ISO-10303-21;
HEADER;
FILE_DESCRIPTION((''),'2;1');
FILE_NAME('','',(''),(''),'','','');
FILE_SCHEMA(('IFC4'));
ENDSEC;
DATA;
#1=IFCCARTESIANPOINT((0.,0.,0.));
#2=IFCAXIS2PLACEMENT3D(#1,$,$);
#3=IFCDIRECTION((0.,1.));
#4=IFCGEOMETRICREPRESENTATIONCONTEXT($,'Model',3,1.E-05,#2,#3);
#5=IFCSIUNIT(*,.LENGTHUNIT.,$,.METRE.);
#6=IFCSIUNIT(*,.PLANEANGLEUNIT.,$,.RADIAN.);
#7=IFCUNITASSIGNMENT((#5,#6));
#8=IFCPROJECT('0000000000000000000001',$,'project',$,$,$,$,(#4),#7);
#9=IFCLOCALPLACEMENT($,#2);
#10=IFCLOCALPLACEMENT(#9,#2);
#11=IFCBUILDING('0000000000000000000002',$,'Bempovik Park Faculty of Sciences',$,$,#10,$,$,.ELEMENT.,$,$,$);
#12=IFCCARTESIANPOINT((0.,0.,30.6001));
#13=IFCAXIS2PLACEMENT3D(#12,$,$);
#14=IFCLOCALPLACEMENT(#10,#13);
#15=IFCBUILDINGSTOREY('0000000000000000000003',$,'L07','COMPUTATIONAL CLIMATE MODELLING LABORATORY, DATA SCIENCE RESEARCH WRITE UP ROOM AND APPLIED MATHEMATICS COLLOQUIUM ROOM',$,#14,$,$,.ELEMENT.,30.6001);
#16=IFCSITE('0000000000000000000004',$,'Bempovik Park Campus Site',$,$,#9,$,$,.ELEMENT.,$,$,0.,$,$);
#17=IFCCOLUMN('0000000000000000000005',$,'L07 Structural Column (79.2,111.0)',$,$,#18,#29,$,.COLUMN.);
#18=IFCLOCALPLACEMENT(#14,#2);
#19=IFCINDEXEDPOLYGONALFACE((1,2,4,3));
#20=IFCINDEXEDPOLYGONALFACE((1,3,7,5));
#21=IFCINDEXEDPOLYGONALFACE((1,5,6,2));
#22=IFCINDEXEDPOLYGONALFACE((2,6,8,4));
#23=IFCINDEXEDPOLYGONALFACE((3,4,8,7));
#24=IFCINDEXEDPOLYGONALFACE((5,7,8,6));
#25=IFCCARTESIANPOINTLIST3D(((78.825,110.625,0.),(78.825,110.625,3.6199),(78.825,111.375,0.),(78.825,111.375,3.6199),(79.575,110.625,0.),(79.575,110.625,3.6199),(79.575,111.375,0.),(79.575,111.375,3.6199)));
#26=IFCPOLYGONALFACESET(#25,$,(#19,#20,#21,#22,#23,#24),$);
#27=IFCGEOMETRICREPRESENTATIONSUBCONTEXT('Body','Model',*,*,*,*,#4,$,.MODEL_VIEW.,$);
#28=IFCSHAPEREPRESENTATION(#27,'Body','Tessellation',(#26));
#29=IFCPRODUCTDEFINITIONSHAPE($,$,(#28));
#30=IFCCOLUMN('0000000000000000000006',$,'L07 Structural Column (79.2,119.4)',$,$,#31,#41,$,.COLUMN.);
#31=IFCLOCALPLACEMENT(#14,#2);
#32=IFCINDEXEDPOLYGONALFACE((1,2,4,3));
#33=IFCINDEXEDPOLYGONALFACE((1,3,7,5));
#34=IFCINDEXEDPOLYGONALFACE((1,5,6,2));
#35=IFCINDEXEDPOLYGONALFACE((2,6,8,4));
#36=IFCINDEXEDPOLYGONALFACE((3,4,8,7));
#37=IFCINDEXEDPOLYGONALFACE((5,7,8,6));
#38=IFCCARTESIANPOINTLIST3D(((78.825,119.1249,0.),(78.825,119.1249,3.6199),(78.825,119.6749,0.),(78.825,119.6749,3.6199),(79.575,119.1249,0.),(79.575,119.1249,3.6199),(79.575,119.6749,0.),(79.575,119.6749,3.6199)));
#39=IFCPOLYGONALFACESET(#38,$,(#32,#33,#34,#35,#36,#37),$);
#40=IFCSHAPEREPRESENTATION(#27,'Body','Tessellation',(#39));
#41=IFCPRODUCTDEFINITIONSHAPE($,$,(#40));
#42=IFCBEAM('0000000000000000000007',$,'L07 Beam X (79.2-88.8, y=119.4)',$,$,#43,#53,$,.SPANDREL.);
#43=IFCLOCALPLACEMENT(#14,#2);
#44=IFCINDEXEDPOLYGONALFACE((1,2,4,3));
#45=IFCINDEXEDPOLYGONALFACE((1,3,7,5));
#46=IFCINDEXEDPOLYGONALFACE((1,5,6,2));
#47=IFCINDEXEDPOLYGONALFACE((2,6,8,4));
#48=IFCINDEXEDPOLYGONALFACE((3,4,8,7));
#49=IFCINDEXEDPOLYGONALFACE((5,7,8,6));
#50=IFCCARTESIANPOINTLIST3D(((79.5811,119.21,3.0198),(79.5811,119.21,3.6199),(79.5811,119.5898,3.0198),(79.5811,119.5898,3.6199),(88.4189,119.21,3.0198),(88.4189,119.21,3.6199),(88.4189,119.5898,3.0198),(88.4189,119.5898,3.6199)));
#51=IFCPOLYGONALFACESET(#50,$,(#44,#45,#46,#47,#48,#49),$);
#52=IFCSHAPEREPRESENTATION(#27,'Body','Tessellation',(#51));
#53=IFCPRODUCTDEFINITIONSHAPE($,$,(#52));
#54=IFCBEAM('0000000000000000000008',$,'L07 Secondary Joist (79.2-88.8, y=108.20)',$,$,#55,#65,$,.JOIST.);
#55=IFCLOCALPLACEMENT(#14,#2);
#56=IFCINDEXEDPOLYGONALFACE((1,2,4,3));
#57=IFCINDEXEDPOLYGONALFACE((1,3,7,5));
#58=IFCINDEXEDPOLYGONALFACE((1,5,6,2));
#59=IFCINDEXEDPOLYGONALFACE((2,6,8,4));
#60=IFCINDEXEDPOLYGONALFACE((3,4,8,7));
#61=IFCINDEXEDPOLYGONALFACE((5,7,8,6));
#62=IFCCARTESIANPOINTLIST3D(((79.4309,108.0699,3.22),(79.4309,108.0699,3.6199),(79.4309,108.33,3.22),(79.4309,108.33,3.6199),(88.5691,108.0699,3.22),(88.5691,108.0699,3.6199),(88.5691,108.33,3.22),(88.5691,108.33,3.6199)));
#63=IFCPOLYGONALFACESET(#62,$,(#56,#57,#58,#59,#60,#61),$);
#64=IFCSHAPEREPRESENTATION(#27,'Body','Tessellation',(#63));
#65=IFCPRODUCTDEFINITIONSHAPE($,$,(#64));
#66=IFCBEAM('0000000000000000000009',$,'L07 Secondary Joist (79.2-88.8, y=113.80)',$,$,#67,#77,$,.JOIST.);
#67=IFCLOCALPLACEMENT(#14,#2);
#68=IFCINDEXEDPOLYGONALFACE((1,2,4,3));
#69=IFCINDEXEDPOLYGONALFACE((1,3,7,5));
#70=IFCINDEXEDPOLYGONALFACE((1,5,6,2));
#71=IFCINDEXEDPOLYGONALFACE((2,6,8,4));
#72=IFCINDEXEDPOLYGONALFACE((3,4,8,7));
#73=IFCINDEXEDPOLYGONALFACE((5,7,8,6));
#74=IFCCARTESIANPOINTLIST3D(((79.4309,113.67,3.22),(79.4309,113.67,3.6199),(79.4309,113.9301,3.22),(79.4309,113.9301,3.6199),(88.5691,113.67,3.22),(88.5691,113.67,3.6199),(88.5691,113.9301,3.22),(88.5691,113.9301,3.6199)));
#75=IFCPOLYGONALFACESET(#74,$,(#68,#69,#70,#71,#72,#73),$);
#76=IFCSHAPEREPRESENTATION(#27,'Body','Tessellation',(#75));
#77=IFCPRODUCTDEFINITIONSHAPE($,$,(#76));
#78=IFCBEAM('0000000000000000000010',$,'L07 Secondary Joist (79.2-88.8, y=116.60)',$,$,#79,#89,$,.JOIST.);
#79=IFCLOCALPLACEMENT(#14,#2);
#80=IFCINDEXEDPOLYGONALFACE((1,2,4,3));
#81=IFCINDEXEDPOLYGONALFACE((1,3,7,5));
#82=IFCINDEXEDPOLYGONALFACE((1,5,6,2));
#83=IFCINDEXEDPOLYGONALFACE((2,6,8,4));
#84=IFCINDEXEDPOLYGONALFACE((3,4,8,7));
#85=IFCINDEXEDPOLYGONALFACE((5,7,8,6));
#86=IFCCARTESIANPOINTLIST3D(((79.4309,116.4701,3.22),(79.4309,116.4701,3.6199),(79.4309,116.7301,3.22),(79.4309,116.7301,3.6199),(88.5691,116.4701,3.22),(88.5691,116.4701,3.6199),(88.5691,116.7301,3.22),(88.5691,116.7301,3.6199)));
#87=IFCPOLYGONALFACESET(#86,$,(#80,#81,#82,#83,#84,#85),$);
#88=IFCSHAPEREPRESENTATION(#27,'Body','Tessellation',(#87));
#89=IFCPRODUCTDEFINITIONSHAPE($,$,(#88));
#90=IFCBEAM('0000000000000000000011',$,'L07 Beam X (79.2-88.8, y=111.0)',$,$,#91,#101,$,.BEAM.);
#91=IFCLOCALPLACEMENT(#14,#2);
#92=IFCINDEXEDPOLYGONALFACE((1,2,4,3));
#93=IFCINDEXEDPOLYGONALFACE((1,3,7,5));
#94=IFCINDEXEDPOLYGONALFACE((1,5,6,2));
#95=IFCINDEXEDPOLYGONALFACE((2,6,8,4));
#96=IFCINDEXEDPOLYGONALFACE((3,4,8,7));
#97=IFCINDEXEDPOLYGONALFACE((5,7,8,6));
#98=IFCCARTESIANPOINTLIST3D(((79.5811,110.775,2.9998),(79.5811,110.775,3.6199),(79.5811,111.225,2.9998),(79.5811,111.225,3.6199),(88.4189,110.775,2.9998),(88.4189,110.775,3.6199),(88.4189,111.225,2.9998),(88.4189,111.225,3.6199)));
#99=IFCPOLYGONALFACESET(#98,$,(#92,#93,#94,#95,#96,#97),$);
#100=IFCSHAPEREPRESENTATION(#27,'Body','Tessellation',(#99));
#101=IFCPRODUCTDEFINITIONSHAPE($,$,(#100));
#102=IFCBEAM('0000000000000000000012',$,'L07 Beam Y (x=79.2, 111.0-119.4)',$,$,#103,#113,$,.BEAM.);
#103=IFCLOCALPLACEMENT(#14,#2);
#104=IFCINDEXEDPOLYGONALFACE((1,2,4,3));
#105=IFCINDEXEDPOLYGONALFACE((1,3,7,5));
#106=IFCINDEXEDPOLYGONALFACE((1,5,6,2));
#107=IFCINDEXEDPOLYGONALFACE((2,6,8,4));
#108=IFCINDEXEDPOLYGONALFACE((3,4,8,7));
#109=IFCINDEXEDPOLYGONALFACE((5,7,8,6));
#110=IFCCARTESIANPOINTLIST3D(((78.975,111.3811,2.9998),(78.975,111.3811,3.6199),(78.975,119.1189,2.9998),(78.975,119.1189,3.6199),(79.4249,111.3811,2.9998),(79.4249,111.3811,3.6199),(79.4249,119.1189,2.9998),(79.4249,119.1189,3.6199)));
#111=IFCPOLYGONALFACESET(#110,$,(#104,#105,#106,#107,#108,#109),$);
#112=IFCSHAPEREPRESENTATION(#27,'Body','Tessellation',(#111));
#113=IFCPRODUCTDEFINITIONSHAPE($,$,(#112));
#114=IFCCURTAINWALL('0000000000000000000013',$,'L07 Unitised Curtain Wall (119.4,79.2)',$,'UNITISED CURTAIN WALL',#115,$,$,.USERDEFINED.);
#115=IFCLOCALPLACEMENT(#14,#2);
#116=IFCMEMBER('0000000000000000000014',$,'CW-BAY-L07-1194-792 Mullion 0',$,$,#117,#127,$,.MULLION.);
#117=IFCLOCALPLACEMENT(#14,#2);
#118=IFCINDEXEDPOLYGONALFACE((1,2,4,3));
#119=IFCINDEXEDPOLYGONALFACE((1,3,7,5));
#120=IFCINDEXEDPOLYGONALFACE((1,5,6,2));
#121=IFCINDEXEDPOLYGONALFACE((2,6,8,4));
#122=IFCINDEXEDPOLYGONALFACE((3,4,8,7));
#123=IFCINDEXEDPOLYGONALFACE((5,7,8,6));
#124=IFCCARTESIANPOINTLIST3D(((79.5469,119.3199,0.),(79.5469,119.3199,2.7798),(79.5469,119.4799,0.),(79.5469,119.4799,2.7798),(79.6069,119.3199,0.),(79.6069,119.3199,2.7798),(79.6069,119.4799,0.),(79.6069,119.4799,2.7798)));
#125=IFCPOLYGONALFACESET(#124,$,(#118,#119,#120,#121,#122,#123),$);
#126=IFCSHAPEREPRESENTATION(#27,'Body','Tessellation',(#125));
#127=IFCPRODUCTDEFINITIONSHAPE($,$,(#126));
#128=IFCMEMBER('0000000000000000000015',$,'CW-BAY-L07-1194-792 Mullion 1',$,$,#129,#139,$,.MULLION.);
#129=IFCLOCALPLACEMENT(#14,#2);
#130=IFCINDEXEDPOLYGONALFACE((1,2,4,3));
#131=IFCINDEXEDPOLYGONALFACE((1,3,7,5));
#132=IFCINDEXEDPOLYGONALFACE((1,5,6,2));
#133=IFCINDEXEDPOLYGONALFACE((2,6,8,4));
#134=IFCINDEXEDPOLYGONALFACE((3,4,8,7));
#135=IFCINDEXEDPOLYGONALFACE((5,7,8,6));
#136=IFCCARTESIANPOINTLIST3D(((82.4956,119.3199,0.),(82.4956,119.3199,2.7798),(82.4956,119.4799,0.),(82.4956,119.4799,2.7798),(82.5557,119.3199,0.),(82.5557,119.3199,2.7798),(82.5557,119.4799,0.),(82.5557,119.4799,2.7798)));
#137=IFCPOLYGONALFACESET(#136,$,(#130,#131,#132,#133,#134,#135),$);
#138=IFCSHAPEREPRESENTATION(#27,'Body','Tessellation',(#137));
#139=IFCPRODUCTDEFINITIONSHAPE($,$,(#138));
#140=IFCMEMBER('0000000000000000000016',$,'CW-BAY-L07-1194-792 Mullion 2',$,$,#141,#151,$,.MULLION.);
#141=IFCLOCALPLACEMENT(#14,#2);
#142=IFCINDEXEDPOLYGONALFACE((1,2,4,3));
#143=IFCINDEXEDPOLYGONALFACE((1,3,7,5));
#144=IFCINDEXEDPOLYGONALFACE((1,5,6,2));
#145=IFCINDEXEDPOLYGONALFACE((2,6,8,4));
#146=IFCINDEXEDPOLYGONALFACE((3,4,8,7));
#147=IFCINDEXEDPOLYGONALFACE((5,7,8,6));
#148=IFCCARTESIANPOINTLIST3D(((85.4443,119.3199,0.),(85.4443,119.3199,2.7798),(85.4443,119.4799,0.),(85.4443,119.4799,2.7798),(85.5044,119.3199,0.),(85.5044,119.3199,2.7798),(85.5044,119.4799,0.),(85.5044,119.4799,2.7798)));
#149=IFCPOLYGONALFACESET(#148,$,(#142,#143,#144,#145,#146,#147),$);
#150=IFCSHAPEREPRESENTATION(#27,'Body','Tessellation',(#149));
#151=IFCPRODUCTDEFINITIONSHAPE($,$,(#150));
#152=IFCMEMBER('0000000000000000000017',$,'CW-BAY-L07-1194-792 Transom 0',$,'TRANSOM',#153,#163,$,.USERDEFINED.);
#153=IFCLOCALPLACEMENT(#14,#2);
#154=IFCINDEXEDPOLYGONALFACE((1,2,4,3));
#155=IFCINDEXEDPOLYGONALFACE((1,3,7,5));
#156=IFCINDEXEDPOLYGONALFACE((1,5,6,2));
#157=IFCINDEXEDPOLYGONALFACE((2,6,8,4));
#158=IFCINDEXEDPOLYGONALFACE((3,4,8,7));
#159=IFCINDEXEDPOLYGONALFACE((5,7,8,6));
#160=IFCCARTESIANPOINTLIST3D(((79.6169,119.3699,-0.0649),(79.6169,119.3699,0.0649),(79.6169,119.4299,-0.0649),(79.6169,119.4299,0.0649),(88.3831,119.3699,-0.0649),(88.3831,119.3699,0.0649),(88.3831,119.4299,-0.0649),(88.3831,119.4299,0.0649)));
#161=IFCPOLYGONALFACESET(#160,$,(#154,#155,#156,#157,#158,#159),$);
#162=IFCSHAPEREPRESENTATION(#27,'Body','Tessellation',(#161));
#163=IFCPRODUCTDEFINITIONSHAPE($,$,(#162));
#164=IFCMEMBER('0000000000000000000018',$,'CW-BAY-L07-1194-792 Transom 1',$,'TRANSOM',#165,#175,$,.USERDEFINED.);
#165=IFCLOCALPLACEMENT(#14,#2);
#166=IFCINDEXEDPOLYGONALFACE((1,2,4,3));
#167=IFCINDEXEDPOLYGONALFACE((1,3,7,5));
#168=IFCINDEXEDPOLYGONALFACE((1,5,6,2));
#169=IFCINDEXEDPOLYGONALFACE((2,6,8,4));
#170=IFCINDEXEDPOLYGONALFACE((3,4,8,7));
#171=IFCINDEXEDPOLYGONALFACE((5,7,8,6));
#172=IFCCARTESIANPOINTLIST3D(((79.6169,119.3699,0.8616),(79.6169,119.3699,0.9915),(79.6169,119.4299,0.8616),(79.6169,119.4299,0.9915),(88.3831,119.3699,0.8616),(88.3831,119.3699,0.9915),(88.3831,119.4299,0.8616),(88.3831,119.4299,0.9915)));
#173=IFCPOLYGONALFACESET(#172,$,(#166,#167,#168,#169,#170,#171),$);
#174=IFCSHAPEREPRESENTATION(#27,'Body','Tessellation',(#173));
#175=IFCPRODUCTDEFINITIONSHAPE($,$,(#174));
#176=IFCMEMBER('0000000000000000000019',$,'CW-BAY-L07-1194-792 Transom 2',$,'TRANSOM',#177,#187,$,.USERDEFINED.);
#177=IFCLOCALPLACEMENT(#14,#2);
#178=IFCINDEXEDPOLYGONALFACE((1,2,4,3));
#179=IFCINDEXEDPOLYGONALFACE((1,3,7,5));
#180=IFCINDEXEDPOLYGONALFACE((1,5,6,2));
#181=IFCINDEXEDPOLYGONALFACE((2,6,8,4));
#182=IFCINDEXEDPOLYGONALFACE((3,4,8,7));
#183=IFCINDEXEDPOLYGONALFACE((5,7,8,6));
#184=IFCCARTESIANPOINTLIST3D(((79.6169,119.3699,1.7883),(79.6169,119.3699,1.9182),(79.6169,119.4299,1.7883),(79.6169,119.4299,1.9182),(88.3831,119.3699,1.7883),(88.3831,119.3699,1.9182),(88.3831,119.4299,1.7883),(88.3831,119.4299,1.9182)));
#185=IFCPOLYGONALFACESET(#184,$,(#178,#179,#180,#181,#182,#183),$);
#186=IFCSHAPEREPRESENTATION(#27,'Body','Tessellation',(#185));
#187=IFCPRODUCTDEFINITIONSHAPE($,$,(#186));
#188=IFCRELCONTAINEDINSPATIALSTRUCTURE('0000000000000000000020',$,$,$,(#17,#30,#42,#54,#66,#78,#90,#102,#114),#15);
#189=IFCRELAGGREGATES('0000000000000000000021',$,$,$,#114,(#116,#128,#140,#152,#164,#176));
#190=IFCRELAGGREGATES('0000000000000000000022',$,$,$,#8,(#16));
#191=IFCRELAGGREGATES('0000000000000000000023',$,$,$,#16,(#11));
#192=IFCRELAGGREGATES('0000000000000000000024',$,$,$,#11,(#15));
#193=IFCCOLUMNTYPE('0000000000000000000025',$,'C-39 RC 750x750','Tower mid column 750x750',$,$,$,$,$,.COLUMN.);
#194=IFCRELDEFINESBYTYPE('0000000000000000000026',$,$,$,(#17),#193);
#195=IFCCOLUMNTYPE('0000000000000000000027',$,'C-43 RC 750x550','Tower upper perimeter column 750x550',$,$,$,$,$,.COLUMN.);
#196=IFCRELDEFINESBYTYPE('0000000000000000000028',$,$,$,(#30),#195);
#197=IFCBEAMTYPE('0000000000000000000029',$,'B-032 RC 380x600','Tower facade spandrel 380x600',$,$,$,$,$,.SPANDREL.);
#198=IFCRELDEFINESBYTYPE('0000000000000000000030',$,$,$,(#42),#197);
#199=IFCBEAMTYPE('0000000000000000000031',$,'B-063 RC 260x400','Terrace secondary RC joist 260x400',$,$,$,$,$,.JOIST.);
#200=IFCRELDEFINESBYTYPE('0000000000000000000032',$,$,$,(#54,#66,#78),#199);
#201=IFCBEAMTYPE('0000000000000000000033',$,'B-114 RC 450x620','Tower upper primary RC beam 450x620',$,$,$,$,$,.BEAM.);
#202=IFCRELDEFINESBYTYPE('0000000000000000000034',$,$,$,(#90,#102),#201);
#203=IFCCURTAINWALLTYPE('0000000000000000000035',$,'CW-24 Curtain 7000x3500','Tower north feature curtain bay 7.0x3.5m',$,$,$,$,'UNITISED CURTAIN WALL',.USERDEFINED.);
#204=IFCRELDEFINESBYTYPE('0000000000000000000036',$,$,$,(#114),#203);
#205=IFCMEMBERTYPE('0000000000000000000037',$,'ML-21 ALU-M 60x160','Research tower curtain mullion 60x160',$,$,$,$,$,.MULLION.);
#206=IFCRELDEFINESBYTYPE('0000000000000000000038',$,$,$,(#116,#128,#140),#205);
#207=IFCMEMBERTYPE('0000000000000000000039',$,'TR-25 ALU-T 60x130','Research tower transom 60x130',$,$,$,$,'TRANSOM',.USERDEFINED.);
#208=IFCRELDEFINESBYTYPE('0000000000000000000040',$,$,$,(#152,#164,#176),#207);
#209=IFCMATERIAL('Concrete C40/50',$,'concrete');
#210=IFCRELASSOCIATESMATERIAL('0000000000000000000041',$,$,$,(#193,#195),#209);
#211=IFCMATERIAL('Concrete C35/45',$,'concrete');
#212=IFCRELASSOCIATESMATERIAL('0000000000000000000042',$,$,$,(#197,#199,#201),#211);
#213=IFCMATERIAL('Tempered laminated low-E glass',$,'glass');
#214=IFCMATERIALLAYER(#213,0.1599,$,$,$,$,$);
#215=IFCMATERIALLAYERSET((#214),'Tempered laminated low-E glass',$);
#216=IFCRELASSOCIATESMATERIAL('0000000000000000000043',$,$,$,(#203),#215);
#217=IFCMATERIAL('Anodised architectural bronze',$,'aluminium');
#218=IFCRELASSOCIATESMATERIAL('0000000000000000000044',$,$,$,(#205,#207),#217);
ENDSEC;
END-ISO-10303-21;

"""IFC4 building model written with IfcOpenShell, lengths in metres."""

from ifc_helpers import new_model, si_unit, direction, frame, origin, origin_2d, place, context, subcontext, project, spatial, rectangle, extrude, material, layer, layer_set, material_profile, profile_set, type_object, element, aggregate, save


model = new_model("IFC4")

# Units and contexts
model_context = context("Model", 3, precision=1e-05, world=origin(), true_north=direction((0.0, 1.0)))
body_context = subcontext(model_context, "Body", "Model", "MODEL_VIEW")
ifc_project = project(units=[si_unit("LENGTHUNIT", "METRE"), si_unit("PLANEANGLEUNIT", "RADIAN")], contexts=[model_context])

# Site, building, storey
site_placement = place(None, origin())
site = spatial("IfcSite", under=ifc_project, at=site_placement, Name="Bempovik Park Campus Site", CompositionType="ELEMENT", RefElevation=0.0)
building_placement = place(site_placement, origin())
building = spatial("IfcBuilding", under=site, at=building_placement, Name="Bempovik Park Faculty of Sciences", CompositionType="ELEMENT")
storey_placement = place(building_placement, frame((0.0, 0.0, 30.6001)))
storey = spatial("IfcBuildingStorey", under=building, at=storey_placement, Name="L07", Description="COMPUTATIONAL CLIMATE MODELLING LABORATORY, DATA SCIENCE RESEARCH WRITE UP ROOM AND APPLIED MATHEMATICS COLLOQUIUM ROOM", CompositionType="ELEMENT", Elevation=30.6001)

# Columns
ifc_material_1 = material(Name="Concrete C40/50", Category="concrete")
ifc_material_profile_1 = material_profile(ifc_material_1, rectangle(XDim=0.75, YDim=0.75, at=origin_2d()), Name="RC 750x750")
ifc_profile_set_1 = profile_set([ifc_material_profile_1], Name="Concrete C40/50")
column_type_1 = type_object("IfcColumnType", Name="C-39 RC 750x750", Description="Tower mid column 750x750", PredefinedType="COLUMN", material=ifc_profile_set_1)
column_1_placement = place(storey_placement, frame((79.2, 111.0, 0.0), z_axis=(0.0, 0.0, 1.0), x_axis=(1.0, 0.0, 0.0)))
element("IfcColumn", 1, at=column_1_placement, inside=storey, type_object=column_type_1, Name="L07 Structural Column (79.2,111.0)", PredefinedType="COLUMN", context=body_context, shape_type="SweptSolid", body=[
    extrude(rectangle(XDim=0.75, YDim=0.75, at=origin_2d()), origin(), (0.0, 0.0, 1.0), 3.6199),
])
ifc_material_profile_2 = material_profile(ifc_material_1, rectangle(XDim=0.75, YDim=0.55, at=origin_2d()), Name="RC 750x550")
ifc_profile_set_2 = profile_set([ifc_material_profile_2], Name="Concrete C40/50")
column_type_2 = type_object("IfcColumnType", Name="C-43 RC 750x550", Description="Tower upper perimeter column 750x550", PredefinedType="COLUMN", material=ifc_profile_set_2)
column_2_placement = place(storey_placement, frame((79.2, 119.3999, 0.0), z_axis=(0.0, 0.0, 1.0), x_axis=(1.0, 0.0, 0.0)))
element("IfcColumn", 2, at=column_2_placement, inside=storey, type_object=column_type_2, Name="L07 Structural Column (79.2,119.4)", PredefinedType="COLUMN", context=body_context, shape_type="SweptSolid", body=[
    extrude(rectangle(XDim=0.75, YDim=0.55, at=origin_2d()), origin(), (0.0, 0.0, 1.0), 3.6199),
])

# Beams
ifc_material_2 = material(Name="Concrete C35/45", Category="concrete")
ifc_material_profile_3 = material_profile(ifc_material_2, rectangle(XDim=0.3799, YDim=0.6001, at=origin_2d()), Name="RC 380x600")
ifc_profile_set_3 = profile_set([ifc_material_profile_3], Name="Concrete C35/45")
beam_type_1 = type_object("IfcBeamType", Name="B-032 RC 380x600", Description="Tower facade spandrel 380x600", PredefinedType="SPANDREL", material=ifc_profile_set_3)
beam_1_placement = place(storey_placement, frame((79.5811, 119.3999, 3.3198), z_axis=(1.0, 0.0, 0.0), x_axis=(0.0, 1.0, 0.0)))
element("IfcBeam", 3, at=beam_1_placement, inside=storey, type_object=beam_type_1, Name="L07 Beam X (79.2-88.8, y=119.4)", PredefinedType="SPANDREL", context=body_context, shape_type="SweptSolid", body=[
    extrude(rectangle(XDim=0.3799, YDim=0.6001, at=origin_2d()), origin(), (0.0, 0.0, 1.0), 8.8379),
])
ifc_material_profile_4 = material_profile(ifc_material_2, rectangle(XDim=0.26, YDim=0.3999, at=origin_2d()), Name="RC 260x400")
ifc_profile_set_4 = profile_set([ifc_material_profile_4], Name="Concrete C35/45")
beam_type_2 = type_object("IfcBeamType", Name="B-063 RC 260x400", Description="Terrace secondary RC joist 260x400", PredefinedType="JOIST", material=ifc_profile_set_4)
for number, where, z_axis, x_axis, name in (
    (4, (79.4309, 108.2, 3.4199), (1.0, 0.0, 0.0), (0.0, 1.0, 0.0), "L07 Secondary Joist (79.2-88.8, y=108.20)"),
    (5, (79.4309, 113.8, 3.4199), (1.0, 0.0, 0.0), (0.0, 1.0, 0.0), "L07 Secondary Joist (79.2-88.8, y=113.80)"),
    (6, (79.4309, 116.6001, 3.4199), (1.0, 0.0, 0.0), (0.0, 1.0, 0.0), "L07 Secondary Joist (79.2-88.8, y=116.60)"),
):
    element("IfcBeam", number, at=place(storey_placement, frame(where, z_axis=z_axis, x_axis=x_axis)), inside=storey, type_object=beam_type_2, Name=name, PredefinedType="JOIST", context=body_context, shape_type="SweptSolid", body=[
        extrude(rectangle(XDim=0.26, YDim=0.3999, at=origin_2d()), origin(), (0.0, 0.0, 1.0), 9.1382),
    ])
ifc_material_profile_5 = material_profile(ifc_material_2, rectangle(XDim=0.45, YDim=0.6201, at=origin_2d()), Name="RC 450x620")
ifc_profile_set_5 = profile_set([ifc_material_profile_5], Name="Concrete C35/45")
beam_type_3 = type_object("IfcBeamType", Name="B-114 RC 450x620", Description="Tower upper primary RC beam 450x620", PredefinedType="BEAM", material=ifc_profile_set_5)
beam_2_placement = place(storey_placement, frame((79.5811, 111.0, 3.3098), z_axis=(1.0, 0.0, 0.0), x_axis=(0.0, 1.0, 0.0)))
element("IfcBeam", 7, at=beam_2_placement, inside=storey, type_object=beam_type_3, Name="L07 Beam X (79.2-88.8, y=111.0)", PredefinedType="BEAM", context=body_context, shape_type="SweptSolid", body=[
    extrude(rectangle(XDim=0.45, YDim=0.6201, at=origin_2d()), origin(), (0.0, 0.0, 1.0), 8.8379),
])
beam_3_placement = place(storey_placement, frame((79.2, 111.3811, 3.3098), z_axis=(0.0, 1.0, 0.0), x_axis=(-1.0, 0.0, 0.0)))
element("IfcBeam", 8, at=beam_3_placement, inside=storey, type_object=beam_type_3, Name="L07 Beam Y (x=79.2, 111.0-119.4)", PredefinedType="BEAM", context=body_context, shape_type="SweptSolid", body=[
    extrude(rectangle(XDim=0.45, YDim=0.6201, at=origin_2d()), origin(), (0.0, 0.0, 1.0), 7.7378),
])

# Curtain wall, members
ifc_material_3 = material(Name="Tempered laminated low-E glass", Category="glass")
ifc_layer_1 = layer(ifc_material_3, 0.1599)
ifc_layer_set_1 = layer_set([ifc_layer_1], Name="Tempered laminated low-E glass")
curtain_wall_type = type_object("IfcCurtainWallType", Name="CW-24 Curtain 7000x3500", Description="Tower north feature curtain bay 7.0x3.5m", ElementType="UNITISED CURTAIN WALL", PredefinedType="USERDEFINED", material=ifc_layer_set_1)
curtain_wall_placement = place(storey_placement, origin())
curtain_wall = element("IfcCurtainWall", 9, at=curtain_wall_placement, inside=storey, type_object=curtain_wall_type, Name="L07 Unitised Curtain Wall (119.4,79.2)", ObjectType="UNITISED CURTAIN WALL", PredefinedType="USERDEFINED")
ifc_material_4 = material(Name="Anodised architectural bronze", Category="aluminium")
ifc_material_profile_6 = material_profile(ifc_material_4, rectangle(XDim=0.0601, YDim=0.1599, at=origin_2d()), Name="ALU-M 60x160")
ifc_profile_set_6 = profile_set([ifc_material_profile_6], Name="Anodised architectural bronze")
member_type_1 = type_object("IfcMemberType", Name="ML-21 ALU-M 60x160", Description="Research tower curtain mullion 60x160", PredefinedType="MULLION", material=ifc_profile_set_6)
member_1_placement = place(storey_placement, frame((79.5769, 119.3999, 0.0), z_axis=(0.0, 0.0, 1.0), x_axis=(1.0, 0.0, 0.0)))
member_1 = element("IfcMember", 10, at=member_1_placement, type_object=member_type_1, Name="CW-BAY-L07-1194-792 Mullion 0", PredefinedType="MULLION", context=body_context, shape_type="SweptSolid", body=[
    extrude(rectangle(XDim=0.0601, YDim=0.1599, at=origin_2d()), origin(), (0.0, 0.0, 1.0), 2.7798),
])
member_2_placement = place(storey_placement, frame((82.5256, 119.3999, 0.0), z_axis=(0.0, 0.0, 1.0), x_axis=(1.0, 0.0, 0.0)))
member_2 = element("IfcMember", 11, at=member_2_placement, type_object=member_type_1, Name="CW-BAY-L07-1194-792 Mullion 1", PredefinedType="MULLION", context=body_context, shape_type="SweptSolid", body=[
    extrude(rectangle(XDim=0.0601, YDim=0.1599, at=origin_2d()), origin(), (0.0, 0.0, 1.0), 2.7798),
])
member_3_placement = place(storey_placement, frame((85.4744, 119.3999, 0.0), z_axis=(0.0, 0.0, 1.0), x_axis=(1.0, 0.0, 0.0)))
member_3 = element("IfcMember", 12, at=member_3_placement, type_object=member_type_1, Name="CW-BAY-L07-1194-792 Mullion 2", PredefinedType="MULLION", context=body_context, shape_type="SweptSolid", body=[
    extrude(rectangle(XDim=0.0601, YDim=0.1599, at=origin_2d()), origin(), (0.0, 0.0, 1.0), 2.7798),
])
ifc_material_profile_7 = material_profile(ifc_material_4, rectangle(XDim=0.0601, YDim=0.1299, at=origin_2d()), Name="ALU-T 60x130")
ifc_profile_set_7 = profile_set([ifc_material_profile_7], Name="Anodised architectural bronze")
member_type_2 = type_object("IfcMemberType", Name="TR-25 ALU-T 60x130", Description="Research tower transom 60x130", ElementType="TRANSOM", PredefinedType="USERDEFINED", material=ifc_profile_set_7)
member_4_placement = place(storey_placement, frame((79.6169, 119.3999, 0.0), z_axis=(1.0, 0.0, 0.0), x_axis=(0.0, 1.0, 0.0)))
member_4 = element("IfcMember", 13, at=member_4_placement, type_object=member_type_2, Name="CW-BAY-L07-1194-792 Transom 0", ObjectType="TRANSOM", PredefinedType="USERDEFINED", context=body_context, shape_type="SweptSolid", body=[
    extrude(rectangle(XDim=0.0601, YDim=0.1299, at=origin_2d()), origin(), (0.0, 0.0, 1.0), 8.7661),
])
member_5_placement = place(storey_placement, frame((79.6169, 119.3999, 0.9265), z_axis=(1.0, 0.0, 0.0), x_axis=(0.0, 1.0, 0.0)))
member_5 = element("IfcMember", 14, at=member_5_placement, type_object=member_type_2, Name="CW-BAY-L07-1194-792 Transom 1", ObjectType="TRANSOM", PredefinedType="USERDEFINED", context=body_context, shape_type="SweptSolid", body=[
    extrude(rectangle(XDim=0.0601, YDim=0.1299, at=origin_2d()), origin(), (0.0, 0.0, 1.0), 8.7661),
])
member_6_placement = place(storey_placement, frame((79.6169, 119.3999, 1.8533), z_axis=(1.0, 0.0, 0.0), x_axis=(0.0, 1.0, 0.0)))
member_6 = element("IfcMember", 15, at=member_6_placement, type_object=member_type_2, Name="CW-BAY-L07-1194-792 Transom 2", ObjectType="TRANSOM", PredefinedType="USERDEFINED", context=body_context, shape_type="SweptSolid", body=[
    extrude(rectangle(XDim=0.0601, YDim=0.1299, at=origin_2d()), origin(), (0.0, 0.0, 1.0), 8.7661),
])
aggregate(curtain_wall, [member_1, member_2, member_3, member_4, member_5, member_6])

save(model, "model.ifc")
